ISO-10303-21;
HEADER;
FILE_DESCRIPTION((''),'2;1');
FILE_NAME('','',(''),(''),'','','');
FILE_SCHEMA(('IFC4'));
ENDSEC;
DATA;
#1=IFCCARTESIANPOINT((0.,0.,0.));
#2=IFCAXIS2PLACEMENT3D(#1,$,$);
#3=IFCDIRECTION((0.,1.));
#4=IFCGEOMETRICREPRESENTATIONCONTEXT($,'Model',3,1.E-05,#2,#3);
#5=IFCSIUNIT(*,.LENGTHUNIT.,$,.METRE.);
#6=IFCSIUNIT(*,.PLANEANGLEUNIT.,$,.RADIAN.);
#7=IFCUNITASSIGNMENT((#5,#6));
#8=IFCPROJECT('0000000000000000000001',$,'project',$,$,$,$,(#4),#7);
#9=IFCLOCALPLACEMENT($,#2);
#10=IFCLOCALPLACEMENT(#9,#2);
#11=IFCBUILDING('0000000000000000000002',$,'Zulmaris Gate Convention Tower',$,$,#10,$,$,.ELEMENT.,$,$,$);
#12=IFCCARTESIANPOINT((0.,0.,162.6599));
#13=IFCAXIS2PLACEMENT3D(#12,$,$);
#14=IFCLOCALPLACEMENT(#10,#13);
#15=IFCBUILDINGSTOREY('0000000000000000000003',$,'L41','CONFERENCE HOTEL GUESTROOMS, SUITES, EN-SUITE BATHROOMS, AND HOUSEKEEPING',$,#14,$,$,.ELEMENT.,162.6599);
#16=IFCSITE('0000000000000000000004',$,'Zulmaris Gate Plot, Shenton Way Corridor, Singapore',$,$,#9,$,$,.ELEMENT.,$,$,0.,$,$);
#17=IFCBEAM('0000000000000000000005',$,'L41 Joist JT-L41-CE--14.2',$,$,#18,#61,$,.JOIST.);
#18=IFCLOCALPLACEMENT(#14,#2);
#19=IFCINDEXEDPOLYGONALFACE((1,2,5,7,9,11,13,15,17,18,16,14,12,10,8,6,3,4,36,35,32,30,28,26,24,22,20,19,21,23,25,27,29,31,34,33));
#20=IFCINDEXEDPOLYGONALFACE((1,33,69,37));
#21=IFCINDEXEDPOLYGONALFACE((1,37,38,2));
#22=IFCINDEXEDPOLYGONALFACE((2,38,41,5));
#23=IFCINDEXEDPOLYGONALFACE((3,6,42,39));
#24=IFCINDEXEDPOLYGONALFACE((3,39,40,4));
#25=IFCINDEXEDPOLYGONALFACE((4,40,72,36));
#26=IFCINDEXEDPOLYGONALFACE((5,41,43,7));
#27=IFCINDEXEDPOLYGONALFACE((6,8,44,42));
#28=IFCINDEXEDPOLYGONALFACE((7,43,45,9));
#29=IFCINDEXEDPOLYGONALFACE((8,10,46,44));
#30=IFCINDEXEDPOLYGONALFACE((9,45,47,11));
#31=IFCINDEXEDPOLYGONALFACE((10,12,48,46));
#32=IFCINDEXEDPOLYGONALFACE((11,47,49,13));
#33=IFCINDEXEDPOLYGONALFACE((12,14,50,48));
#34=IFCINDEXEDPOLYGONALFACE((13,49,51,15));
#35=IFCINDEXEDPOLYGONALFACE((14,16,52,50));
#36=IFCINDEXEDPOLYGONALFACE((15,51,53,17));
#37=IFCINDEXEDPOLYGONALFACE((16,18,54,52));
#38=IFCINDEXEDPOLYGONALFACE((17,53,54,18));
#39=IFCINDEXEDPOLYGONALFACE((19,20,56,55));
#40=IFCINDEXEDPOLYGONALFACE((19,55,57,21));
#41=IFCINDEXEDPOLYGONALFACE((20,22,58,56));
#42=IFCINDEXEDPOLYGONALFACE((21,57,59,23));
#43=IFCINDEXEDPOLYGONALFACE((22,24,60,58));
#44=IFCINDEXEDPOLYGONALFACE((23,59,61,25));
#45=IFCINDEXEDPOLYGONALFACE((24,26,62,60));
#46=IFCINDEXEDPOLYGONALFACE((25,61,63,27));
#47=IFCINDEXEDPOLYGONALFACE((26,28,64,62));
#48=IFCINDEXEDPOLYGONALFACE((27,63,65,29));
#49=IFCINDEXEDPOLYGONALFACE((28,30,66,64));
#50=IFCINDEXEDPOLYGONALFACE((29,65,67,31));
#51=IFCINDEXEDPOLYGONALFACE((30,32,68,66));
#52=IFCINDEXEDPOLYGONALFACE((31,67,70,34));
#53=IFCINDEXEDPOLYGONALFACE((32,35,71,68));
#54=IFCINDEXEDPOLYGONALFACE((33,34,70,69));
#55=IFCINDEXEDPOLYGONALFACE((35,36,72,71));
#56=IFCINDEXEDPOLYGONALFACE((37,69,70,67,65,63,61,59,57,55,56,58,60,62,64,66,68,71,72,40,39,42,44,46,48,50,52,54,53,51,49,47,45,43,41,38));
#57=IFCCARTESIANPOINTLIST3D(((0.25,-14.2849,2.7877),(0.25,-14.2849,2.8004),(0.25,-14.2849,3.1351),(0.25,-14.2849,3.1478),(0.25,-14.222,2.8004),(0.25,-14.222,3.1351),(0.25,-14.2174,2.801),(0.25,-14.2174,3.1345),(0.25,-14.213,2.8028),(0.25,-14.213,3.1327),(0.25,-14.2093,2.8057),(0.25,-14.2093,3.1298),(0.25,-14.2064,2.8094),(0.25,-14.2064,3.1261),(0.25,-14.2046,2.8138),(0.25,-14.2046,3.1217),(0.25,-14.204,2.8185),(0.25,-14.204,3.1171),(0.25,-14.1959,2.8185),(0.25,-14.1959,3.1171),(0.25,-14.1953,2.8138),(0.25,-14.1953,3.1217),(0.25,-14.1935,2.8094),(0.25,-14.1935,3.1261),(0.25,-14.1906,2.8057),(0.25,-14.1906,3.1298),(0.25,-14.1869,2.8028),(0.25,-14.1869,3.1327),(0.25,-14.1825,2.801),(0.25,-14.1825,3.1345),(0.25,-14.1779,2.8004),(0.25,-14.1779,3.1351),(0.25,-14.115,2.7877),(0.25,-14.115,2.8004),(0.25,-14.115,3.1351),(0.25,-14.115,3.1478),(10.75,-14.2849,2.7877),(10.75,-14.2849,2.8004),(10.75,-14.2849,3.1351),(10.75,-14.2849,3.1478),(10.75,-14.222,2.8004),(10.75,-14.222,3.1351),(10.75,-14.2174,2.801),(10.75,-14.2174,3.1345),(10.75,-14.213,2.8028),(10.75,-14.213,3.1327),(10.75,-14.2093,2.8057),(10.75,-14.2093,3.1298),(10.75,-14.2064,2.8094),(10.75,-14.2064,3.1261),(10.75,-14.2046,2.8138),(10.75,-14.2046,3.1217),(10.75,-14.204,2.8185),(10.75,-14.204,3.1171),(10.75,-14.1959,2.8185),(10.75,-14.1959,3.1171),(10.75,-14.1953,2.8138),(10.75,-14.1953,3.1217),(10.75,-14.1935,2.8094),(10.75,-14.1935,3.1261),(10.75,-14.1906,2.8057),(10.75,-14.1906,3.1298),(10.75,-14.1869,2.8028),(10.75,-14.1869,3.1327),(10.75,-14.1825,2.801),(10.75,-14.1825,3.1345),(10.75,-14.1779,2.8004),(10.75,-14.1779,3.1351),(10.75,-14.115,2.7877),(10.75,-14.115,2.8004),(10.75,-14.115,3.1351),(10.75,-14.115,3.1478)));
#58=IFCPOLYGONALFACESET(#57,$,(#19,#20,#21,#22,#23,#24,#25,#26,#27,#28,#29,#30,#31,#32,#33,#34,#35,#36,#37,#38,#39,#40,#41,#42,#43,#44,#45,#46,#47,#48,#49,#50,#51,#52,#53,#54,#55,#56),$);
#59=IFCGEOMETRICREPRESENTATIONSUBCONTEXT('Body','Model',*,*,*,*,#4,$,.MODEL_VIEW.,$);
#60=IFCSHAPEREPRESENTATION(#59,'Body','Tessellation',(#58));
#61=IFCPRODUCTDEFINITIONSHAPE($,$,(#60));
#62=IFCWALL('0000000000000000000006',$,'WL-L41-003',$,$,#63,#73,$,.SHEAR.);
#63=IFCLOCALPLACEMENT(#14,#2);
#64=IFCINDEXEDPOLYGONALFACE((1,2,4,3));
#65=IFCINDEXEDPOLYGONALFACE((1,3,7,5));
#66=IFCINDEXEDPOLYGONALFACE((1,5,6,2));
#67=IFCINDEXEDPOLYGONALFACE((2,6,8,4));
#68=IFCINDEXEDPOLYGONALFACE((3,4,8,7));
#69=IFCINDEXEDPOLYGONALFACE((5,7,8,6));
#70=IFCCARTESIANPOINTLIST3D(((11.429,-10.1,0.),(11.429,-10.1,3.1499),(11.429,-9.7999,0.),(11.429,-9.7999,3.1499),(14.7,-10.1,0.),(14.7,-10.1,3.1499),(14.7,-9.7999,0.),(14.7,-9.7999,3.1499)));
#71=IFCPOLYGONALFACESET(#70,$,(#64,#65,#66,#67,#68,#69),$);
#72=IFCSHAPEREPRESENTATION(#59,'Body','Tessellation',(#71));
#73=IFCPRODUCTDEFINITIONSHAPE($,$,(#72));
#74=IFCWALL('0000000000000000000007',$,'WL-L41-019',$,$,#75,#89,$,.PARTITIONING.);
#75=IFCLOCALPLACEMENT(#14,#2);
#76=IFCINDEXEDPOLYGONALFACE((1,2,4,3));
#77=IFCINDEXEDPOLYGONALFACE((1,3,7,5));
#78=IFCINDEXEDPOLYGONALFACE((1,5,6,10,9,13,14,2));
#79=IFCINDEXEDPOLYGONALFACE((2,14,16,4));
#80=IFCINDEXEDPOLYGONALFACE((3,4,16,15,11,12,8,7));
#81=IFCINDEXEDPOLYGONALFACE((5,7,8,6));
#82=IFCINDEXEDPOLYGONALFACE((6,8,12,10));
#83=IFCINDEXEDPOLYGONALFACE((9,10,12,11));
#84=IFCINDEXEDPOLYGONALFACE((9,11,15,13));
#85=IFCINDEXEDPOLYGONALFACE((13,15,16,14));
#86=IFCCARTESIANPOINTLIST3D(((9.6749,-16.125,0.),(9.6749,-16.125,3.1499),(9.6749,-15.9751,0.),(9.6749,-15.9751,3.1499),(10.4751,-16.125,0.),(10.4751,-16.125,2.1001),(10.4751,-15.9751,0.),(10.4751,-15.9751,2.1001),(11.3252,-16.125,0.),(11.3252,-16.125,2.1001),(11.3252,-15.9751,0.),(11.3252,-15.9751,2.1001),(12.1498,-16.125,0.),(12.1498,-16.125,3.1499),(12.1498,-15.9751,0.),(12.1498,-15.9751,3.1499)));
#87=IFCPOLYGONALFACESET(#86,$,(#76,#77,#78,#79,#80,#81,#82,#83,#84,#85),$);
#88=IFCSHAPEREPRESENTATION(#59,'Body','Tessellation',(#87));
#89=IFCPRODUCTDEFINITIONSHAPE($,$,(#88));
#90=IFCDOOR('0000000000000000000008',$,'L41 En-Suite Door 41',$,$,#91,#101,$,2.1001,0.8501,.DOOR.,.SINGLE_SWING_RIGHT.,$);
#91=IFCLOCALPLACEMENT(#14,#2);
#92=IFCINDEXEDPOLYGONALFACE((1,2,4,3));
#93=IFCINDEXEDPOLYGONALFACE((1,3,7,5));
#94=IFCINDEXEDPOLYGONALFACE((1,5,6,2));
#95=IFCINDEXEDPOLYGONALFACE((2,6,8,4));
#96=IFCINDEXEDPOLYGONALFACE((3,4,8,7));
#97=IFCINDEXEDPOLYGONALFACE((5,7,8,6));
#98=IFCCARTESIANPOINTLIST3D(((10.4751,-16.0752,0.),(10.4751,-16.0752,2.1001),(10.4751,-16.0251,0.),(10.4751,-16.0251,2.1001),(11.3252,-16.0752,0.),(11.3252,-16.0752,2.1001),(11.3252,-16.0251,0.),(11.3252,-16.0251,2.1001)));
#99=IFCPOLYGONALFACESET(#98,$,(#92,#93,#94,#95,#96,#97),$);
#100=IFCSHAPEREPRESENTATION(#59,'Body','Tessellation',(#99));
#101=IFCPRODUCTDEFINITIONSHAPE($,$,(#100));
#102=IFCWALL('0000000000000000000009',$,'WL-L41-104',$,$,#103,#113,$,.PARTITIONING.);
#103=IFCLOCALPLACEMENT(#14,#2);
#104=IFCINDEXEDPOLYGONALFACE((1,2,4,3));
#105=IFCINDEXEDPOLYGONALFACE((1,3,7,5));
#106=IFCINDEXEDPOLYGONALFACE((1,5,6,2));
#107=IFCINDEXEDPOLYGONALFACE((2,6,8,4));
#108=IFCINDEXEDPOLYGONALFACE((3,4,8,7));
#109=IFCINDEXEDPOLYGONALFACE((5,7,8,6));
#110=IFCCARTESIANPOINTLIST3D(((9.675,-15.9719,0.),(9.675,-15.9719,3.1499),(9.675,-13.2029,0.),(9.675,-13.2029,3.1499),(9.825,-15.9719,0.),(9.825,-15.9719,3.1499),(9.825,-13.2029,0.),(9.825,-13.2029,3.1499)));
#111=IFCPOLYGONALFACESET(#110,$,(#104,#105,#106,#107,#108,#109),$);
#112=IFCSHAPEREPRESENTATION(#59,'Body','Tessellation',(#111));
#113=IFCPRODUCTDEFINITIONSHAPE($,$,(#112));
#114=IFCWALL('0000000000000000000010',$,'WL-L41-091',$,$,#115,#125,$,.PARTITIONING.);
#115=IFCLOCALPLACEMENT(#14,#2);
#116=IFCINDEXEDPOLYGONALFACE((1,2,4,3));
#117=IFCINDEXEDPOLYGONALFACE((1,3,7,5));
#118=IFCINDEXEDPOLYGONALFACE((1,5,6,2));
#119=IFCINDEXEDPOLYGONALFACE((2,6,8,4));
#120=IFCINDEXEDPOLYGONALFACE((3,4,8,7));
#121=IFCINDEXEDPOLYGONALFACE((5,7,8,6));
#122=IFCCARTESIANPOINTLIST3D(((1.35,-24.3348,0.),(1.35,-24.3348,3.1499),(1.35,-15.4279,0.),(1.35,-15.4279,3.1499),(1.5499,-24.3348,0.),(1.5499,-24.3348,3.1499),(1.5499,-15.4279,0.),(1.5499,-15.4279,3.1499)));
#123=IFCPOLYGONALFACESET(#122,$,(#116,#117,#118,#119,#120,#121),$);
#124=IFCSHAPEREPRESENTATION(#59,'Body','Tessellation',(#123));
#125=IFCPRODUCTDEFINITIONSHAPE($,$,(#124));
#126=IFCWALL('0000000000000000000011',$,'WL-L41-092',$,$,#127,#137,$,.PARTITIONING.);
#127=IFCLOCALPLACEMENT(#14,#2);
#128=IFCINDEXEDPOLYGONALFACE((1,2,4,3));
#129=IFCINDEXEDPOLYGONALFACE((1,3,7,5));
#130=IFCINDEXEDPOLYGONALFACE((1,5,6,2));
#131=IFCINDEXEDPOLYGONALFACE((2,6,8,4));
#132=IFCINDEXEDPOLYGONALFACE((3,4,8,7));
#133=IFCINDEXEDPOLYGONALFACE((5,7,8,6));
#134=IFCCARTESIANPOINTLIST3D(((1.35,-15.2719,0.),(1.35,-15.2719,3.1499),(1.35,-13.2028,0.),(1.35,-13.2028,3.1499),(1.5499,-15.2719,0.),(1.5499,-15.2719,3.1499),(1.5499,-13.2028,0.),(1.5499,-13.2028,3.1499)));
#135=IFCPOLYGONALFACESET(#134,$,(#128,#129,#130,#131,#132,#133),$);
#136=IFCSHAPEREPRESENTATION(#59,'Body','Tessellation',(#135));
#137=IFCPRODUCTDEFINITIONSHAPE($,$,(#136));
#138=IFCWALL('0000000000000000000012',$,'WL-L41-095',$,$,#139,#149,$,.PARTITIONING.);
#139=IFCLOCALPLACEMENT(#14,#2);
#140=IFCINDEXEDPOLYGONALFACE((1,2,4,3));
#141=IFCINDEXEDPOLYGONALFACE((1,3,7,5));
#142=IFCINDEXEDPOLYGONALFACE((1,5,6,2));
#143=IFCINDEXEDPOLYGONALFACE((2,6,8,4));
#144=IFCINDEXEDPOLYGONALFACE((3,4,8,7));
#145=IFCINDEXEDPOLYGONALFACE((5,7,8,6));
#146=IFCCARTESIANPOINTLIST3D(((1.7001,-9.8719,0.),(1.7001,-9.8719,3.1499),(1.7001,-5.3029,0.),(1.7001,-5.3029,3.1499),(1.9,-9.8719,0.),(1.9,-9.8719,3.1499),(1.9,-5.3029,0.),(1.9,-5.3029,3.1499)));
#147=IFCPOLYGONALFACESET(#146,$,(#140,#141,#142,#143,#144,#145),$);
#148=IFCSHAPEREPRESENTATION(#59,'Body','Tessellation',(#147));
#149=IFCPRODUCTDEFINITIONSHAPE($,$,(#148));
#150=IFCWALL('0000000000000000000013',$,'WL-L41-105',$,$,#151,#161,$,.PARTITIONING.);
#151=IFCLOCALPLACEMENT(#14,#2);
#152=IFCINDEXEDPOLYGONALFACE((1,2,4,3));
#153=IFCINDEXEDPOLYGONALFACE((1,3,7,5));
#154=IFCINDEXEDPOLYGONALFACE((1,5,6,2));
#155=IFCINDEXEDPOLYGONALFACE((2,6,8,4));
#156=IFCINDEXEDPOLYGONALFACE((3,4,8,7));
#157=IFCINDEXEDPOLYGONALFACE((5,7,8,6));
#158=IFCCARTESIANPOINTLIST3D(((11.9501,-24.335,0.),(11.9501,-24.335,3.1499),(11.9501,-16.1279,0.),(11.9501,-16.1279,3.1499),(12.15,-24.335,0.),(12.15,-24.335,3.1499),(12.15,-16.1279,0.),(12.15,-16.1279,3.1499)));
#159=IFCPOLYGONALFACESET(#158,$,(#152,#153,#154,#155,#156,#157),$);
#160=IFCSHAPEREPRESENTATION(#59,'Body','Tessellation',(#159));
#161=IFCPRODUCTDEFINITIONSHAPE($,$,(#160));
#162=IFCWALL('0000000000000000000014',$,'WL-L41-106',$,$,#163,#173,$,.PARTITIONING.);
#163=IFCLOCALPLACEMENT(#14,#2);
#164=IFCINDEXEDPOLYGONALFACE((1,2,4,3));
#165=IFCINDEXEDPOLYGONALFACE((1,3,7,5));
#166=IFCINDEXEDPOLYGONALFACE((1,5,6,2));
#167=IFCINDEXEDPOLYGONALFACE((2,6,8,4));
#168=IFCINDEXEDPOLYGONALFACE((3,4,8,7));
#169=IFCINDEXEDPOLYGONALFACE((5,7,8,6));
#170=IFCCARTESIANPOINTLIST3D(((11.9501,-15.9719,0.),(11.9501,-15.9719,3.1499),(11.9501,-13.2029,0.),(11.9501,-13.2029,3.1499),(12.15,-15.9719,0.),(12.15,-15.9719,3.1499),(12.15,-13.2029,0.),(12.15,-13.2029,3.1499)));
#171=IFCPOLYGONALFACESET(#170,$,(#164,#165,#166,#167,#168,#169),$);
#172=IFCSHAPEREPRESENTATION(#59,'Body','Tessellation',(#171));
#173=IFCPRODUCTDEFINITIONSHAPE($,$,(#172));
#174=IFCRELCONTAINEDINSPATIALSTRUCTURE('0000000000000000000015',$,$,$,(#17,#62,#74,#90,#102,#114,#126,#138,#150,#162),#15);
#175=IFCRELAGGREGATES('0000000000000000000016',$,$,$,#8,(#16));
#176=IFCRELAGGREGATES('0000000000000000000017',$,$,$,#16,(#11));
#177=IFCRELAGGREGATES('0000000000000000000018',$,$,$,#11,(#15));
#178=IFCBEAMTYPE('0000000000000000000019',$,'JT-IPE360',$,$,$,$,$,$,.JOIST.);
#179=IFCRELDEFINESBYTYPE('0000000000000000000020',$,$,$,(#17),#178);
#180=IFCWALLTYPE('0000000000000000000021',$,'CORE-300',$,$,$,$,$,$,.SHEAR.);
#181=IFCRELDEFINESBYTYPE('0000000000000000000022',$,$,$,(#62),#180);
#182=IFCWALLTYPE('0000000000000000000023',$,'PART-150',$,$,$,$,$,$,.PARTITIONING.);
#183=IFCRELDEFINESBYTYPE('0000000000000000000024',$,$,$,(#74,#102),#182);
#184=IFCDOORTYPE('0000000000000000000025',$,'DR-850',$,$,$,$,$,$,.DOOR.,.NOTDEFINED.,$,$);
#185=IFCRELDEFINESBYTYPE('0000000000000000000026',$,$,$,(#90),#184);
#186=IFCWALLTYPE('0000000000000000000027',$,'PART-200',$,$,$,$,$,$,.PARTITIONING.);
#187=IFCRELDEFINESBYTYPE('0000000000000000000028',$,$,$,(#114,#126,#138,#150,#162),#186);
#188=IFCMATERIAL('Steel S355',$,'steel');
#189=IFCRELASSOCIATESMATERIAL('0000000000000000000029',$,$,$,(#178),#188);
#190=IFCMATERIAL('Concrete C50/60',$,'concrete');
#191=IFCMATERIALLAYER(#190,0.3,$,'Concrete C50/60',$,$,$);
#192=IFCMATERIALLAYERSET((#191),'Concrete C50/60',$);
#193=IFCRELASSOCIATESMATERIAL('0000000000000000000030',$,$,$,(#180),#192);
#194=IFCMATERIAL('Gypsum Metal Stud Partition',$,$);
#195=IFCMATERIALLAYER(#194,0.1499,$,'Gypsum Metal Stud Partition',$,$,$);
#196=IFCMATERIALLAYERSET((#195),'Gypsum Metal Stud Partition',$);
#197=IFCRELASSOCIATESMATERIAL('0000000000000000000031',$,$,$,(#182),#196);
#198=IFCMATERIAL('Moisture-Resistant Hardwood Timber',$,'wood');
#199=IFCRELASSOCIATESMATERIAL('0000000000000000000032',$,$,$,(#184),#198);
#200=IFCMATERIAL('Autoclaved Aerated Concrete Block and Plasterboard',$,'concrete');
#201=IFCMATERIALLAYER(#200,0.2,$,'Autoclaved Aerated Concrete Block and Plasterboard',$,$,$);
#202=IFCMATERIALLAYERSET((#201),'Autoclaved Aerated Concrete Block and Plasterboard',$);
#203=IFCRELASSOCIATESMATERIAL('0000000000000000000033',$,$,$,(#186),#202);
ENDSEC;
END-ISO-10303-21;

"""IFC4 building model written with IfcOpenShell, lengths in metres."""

from ifc_helpers import new_model, si_unit, direction, frame, frame_2d, origin, origin_2d, place, context, subcontext, project, spatial, rectangle, i_section, extrude, material, layer, layer_set, material_profile, profile_set, type_object, element, fill, save


model = new_model("IFC4")

# Units and contexts
model_context = context("Model", 3, precision=1e-05, world=origin(), true_north=direction((0.0, 1.0)))
body_context = subcontext(model_context, "Body", "Model", "MODEL_VIEW")
ifc_project = project(units=[si_unit("LENGTHUNIT", "METRE"), si_unit("PLANEANGLEUNIT", "RADIAN")], contexts=[model_context])

# Site, building, storey
site_placement = place(None, origin())
site = spatial("IfcSite", under=ifc_project, at=site_placement, Name="Zulmaris Gate Plot, Shenton Way Corridor, Singapore", CompositionType="ELEMENT", RefElevation=0.0)
building_placement = place(site_placement, origin())
building = spatial("IfcBuilding", under=site, at=building_placement, Name="Zulmaris Gate Convention Tower", CompositionType="ELEMENT")
storey_placement = place(building_placement, frame((0.0, 0.0, 162.6599)))
storey = spatial("IfcBuildingStorey", under=building, at=storey_placement, Name="L41", Description="CONFERENCE HOTEL GUESTROOMS, SUITES, EN-SUITE BATHROOMS, AND HOUSEKEEPING", CompositionType="ELEMENT", Elevation=162.6599)

# Beam
ifc_material_1 = material(Name="Steel S355", Category="steel")
ifc_material_2 = material(Name="Concrete C50/60", Category="concrete")
ifc_material_profile_1 = material_profile(ifc_material_1, i_section(OverallWidth=0.1699, OverallDepth=0.3601, WebThickness=0.0081, FlangeThickness=0.0127, FilletRadius=0.0181, at=origin_2d()), Name="IPE 360")
ifc_profile_set_1 = profile_set([ifc_material_profile_1], Name="Steel S355")
beam_type_1 = type_object("IfcBeamType", Name="JT-IPE360", PredefinedType="JOIST", material=ifc_profile_set_1)
for number, where, z_axis, x_axis, name in (
    (1, (0.25, -14.2, 2.9678), (1.0, 0.0, 0.0), (0.0, 1.0, 0.0), "L41 Joist JT-L41-CE--14.2"),
):
    element("IfcBeam", number, at=place(storey_placement, frame(where, z_axis=z_axis, x_axis=x_axis)), inside=storey, type_object=beam_type_1, Name=name, PredefinedType="JOIST", context=body_context, shape_type="SweptSolid", body=[
        extrude(i_section(OverallWidth=0.1699, OverallDepth=0.3601, WebThickness=0.0081, FlangeThickness=0.0127, FilletRadius=0.0181, at=origin_2d()), origin(), (0.0, 0.0, 1.0), 10.5),
    ])

# Wall
ifc_layer_1 = layer(ifc_material_2, 0.3, Name="Concrete C50/60")
ifc_layer_set_1 = layer_set([ifc_layer_1], Name="Concrete C50/60")
wall_type_1 = type_object("IfcWallType", Name="CORE-300", PredefinedType="SHEAR", material=ifc_layer_set_1)
wall_1_placement = place(storey_placement, frame((11.429, -9.95, 0.0), z_axis=(0.0, 0.0, 1.0), x_axis=(1.0, 0.0, 0.0)))
element("IfcWall", 2, at=wall_1_placement, inside=storey, type_object=wall_type_1, Name="WL-L41-003", PredefinedType="SHEAR", context=body_context, shape_type="SweptSolid", body=[
    extrude(rectangle(XDim=3.271, YDim=0.3, at=frame_2d((1.6355, 0.0))), origin(), (0.0, 0.0, 1.0), 3.1499),
])

# Wall, opening, door
ifc_material_3 = material(Name="Gypsum Metal Stud Partition")
ifc_layer_2 = layer(ifc_material_3, 0.1499, Name="Gypsum Metal Stud Partition")
ifc_layer_set_2 = layer_set([ifc_layer_2], Name="Gypsum Metal Stud Partition")
wall_type_2 = type_object("IfcWallType", Name="PART-150", PredefinedType="PARTITIONING", material=ifc_layer_set_2)
wall_2_placement = place(storey_placement, frame((9.675, -16.05, 0.0), z_axis=(0.0, 0.0, 1.0), x_axis=(1.0, 0.0, 0.0)))
wall_2 = element("IfcWall", 3, at=wall_2_placement, inside=storey, type_object=wall_type_2, Name="WL-L41-019", PredefinedType="PARTITIONING", context=body_context, shape_type="SweptSolid", body=[
    extrude(rectangle(XDim=2.4749, YDim=0.1499, at=frame_2d((1.2373, 0.0))), origin(), (0.0, 0.0, 1.0), 3.1499),
])
opening_1_placement = place(wall_2_placement, frame((0.8, 0.0, 0.0)))
opening_1 = element("IfcOpeningElement", 4, at=opening_1_placement, cuts=wall_2, PredefinedType="OPENING", context=body_context, shape_type="SweptSolid", body=[
    extrude(rectangle(XDim=0.8501, YDim=2.1001, at=frame_2d((0.425, 1.05))), frame((0.0, 0.085, 0.0), z_axis=(0.0, -1.0, 0.0), x_axis=(1.0, 0.0, 0.0)), (0.0, 0.0, 1.0), 0.1699),
])
ifc_material_4 = material(Name="Moisture-Resistant Hardwood Timber", Category="wood")
door_type = type_object("IfcDoorType", Name="DR-850", OperationType="NOTDEFINED", PredefinedType="DOOR", material=ifc_material_4)
door_placement = place(opening_1_placement, origin())
door = element("IfcDoor", 5, at=door_placement, inside=storey, type_object=door_type, Name="L41 En-Suite Door 41", OperationType="SINGLE_SWING_RIGHT", OverallHeight=2.1001, OverallWidth=0.8501, PredefinedType="DOOR", context=body_context, shape_type="SweptSolid", body=[
    extrude(rectangle(XDim=0.8501, YDim=2.1001, at=frame_2d((0.425, 1.05))), frame((0.0, 0.0249, 0.0), z_axis=(0.0, -1.0, 0.0), x_axis=(1.0, 0.0, 0.0)), (0.0, 0.0, 1.0), 0.05),
])
fill(opening_1, door)

# Walls
wall_3_placement = place(storey_placement, frame((9.75, -15.9719, 0.0), z_axis=(0.0, 0.0, 1.0), x_axis=(0.0, 1.0, 0.0)))
element("IfcWall", 6, at=wall_3_placement, inside=storey, type_object=wall_type_2, Name="WL-L41-104", PredefinedType="PARTITIONING", context=body_context, shape_type="SweptSolid", body=[
    extrude(rectangle(XDim=2.769, YDim=0.1499, at=frame_2d((1.3845, 0.0))), origin(), (0.0, 0.0, 1.0), 3.1499),
])
ifc_material_5 = material(Name="Autoclaved Aerated Concrete Block and Plasterboard", Category="concrete")
ifc_layer_3 = layer(ifc_material_5, 0.2, Name="Autoclaved Aerated Concrete Block and Plasterboard")
ifc_layer_set_3 = layer_set([ifc_layer_3], Name="Autoclaved Aerated Concrete Block and Plasterboard")
wall_type_3 = type_object("IfcWallType", Name="PART-200", PredefinedType="PARTITIONING", material=ifc_layer_set_3)
wall_4_placement = place(storey_placement, frame((1.45, -24.335, 0.0), z_axis=(0.0, 0.0, 1.0), x_axis=(0.0, 1.0, 0.0)))
element("IfcWall", 7, at=wall_4_placement, inside=storey, type_object=wall_type_3, Name="WL-L41-091", PredefinedType="PARTITIONING", context=body_context, shape_type="SweptSolid", body=[
    extrude(rectangle(XDim=8.907, YDim=0.2, at=frame_2d((4.4536, 0.0))), origin(), (0.0, 0.0, 1.0), 3.1499),
])
wall_5_placement = place(storey_placement, frame((1.45, -15.272, 0.0), z_axis=(0.0, 0.0, 1.0), x_axis=(0.0, 1.0, 0.0)))
element("IfcWall", 8, at=wall_5_placement, inside=storey, type_object=wall_type_3, Name="WL-L41-092", PredefinedType="PARTITIONING", context=body_context, shape_type="SweptSolid", body=[
    extrude(rectangle(XDim=2.0691, YDim=0.2, at=frame_2d((1.0347, 0.0))), origin(), (0.0, 0.0, 1.0), 3.1499),
])
wall_6_placement = place(storey_placement, frame((1.8, -9.8721, 0.0), z_axis=(0.0, 0.0, 1.0), x_axis=(0.0, 1.0, 0.0)))
element("IfcWall", 9, at=wall_6_placement, inside=storey, type_object=wall_type_3, Name="WL-L41-095", PredefinedType="PARTITIONING", context=body_context, shape_type="SweptSolid", body=[
    extrude(rectangle(XDim=4.5691, YDim=0.2, at=frame_2d((2.2847, 0.0))), origin(), (0.0, 0.0, 1.0), 3.1499),
])
wall_7_placement = place(storey_placement, frame((12.05, -24.335, 0.0), z_axis=(0.0, 0.0, 1.0), x_axis=(0.0, 1.0, 0.0)))
element("IfcWall", 10, at=wall_7_placement, inside=storey, type_object=wall_type_3, Name="WL-L41-105", PredefinedType="PARTITIONING", context=body_context, shape_type="SweptSolid", body=[
    extrude(rectangle(XDim=8.207, YDim=0.2, at=frame_2d((4.1035, 0.0))), origin(), (0.0, 0.0, 1.0), 3.1499),
])
wall_8_placement = place(storey_placement, frame((12.05, -15.9719, 0.0), z_axis=(0.0, 0.0, 1.0), x_axis=(0.0, 1.0, 0.0)))
element("IfcWall", 11, at=wall_8_placement, inside=storey, type_object=wall_type_3, Name="WL-L41-106", PredefinedType="PARTITIONING", context=body_context, shape_type="SweptSolid", body=[
    extrude(rectangle(XDim=2.769, YDim=0.2, at=frame_2d((1.3845, 0.0))), origin(), (0.0, 0.0, 1.0), 3.1499),
])

save(model, "model.ifc")
